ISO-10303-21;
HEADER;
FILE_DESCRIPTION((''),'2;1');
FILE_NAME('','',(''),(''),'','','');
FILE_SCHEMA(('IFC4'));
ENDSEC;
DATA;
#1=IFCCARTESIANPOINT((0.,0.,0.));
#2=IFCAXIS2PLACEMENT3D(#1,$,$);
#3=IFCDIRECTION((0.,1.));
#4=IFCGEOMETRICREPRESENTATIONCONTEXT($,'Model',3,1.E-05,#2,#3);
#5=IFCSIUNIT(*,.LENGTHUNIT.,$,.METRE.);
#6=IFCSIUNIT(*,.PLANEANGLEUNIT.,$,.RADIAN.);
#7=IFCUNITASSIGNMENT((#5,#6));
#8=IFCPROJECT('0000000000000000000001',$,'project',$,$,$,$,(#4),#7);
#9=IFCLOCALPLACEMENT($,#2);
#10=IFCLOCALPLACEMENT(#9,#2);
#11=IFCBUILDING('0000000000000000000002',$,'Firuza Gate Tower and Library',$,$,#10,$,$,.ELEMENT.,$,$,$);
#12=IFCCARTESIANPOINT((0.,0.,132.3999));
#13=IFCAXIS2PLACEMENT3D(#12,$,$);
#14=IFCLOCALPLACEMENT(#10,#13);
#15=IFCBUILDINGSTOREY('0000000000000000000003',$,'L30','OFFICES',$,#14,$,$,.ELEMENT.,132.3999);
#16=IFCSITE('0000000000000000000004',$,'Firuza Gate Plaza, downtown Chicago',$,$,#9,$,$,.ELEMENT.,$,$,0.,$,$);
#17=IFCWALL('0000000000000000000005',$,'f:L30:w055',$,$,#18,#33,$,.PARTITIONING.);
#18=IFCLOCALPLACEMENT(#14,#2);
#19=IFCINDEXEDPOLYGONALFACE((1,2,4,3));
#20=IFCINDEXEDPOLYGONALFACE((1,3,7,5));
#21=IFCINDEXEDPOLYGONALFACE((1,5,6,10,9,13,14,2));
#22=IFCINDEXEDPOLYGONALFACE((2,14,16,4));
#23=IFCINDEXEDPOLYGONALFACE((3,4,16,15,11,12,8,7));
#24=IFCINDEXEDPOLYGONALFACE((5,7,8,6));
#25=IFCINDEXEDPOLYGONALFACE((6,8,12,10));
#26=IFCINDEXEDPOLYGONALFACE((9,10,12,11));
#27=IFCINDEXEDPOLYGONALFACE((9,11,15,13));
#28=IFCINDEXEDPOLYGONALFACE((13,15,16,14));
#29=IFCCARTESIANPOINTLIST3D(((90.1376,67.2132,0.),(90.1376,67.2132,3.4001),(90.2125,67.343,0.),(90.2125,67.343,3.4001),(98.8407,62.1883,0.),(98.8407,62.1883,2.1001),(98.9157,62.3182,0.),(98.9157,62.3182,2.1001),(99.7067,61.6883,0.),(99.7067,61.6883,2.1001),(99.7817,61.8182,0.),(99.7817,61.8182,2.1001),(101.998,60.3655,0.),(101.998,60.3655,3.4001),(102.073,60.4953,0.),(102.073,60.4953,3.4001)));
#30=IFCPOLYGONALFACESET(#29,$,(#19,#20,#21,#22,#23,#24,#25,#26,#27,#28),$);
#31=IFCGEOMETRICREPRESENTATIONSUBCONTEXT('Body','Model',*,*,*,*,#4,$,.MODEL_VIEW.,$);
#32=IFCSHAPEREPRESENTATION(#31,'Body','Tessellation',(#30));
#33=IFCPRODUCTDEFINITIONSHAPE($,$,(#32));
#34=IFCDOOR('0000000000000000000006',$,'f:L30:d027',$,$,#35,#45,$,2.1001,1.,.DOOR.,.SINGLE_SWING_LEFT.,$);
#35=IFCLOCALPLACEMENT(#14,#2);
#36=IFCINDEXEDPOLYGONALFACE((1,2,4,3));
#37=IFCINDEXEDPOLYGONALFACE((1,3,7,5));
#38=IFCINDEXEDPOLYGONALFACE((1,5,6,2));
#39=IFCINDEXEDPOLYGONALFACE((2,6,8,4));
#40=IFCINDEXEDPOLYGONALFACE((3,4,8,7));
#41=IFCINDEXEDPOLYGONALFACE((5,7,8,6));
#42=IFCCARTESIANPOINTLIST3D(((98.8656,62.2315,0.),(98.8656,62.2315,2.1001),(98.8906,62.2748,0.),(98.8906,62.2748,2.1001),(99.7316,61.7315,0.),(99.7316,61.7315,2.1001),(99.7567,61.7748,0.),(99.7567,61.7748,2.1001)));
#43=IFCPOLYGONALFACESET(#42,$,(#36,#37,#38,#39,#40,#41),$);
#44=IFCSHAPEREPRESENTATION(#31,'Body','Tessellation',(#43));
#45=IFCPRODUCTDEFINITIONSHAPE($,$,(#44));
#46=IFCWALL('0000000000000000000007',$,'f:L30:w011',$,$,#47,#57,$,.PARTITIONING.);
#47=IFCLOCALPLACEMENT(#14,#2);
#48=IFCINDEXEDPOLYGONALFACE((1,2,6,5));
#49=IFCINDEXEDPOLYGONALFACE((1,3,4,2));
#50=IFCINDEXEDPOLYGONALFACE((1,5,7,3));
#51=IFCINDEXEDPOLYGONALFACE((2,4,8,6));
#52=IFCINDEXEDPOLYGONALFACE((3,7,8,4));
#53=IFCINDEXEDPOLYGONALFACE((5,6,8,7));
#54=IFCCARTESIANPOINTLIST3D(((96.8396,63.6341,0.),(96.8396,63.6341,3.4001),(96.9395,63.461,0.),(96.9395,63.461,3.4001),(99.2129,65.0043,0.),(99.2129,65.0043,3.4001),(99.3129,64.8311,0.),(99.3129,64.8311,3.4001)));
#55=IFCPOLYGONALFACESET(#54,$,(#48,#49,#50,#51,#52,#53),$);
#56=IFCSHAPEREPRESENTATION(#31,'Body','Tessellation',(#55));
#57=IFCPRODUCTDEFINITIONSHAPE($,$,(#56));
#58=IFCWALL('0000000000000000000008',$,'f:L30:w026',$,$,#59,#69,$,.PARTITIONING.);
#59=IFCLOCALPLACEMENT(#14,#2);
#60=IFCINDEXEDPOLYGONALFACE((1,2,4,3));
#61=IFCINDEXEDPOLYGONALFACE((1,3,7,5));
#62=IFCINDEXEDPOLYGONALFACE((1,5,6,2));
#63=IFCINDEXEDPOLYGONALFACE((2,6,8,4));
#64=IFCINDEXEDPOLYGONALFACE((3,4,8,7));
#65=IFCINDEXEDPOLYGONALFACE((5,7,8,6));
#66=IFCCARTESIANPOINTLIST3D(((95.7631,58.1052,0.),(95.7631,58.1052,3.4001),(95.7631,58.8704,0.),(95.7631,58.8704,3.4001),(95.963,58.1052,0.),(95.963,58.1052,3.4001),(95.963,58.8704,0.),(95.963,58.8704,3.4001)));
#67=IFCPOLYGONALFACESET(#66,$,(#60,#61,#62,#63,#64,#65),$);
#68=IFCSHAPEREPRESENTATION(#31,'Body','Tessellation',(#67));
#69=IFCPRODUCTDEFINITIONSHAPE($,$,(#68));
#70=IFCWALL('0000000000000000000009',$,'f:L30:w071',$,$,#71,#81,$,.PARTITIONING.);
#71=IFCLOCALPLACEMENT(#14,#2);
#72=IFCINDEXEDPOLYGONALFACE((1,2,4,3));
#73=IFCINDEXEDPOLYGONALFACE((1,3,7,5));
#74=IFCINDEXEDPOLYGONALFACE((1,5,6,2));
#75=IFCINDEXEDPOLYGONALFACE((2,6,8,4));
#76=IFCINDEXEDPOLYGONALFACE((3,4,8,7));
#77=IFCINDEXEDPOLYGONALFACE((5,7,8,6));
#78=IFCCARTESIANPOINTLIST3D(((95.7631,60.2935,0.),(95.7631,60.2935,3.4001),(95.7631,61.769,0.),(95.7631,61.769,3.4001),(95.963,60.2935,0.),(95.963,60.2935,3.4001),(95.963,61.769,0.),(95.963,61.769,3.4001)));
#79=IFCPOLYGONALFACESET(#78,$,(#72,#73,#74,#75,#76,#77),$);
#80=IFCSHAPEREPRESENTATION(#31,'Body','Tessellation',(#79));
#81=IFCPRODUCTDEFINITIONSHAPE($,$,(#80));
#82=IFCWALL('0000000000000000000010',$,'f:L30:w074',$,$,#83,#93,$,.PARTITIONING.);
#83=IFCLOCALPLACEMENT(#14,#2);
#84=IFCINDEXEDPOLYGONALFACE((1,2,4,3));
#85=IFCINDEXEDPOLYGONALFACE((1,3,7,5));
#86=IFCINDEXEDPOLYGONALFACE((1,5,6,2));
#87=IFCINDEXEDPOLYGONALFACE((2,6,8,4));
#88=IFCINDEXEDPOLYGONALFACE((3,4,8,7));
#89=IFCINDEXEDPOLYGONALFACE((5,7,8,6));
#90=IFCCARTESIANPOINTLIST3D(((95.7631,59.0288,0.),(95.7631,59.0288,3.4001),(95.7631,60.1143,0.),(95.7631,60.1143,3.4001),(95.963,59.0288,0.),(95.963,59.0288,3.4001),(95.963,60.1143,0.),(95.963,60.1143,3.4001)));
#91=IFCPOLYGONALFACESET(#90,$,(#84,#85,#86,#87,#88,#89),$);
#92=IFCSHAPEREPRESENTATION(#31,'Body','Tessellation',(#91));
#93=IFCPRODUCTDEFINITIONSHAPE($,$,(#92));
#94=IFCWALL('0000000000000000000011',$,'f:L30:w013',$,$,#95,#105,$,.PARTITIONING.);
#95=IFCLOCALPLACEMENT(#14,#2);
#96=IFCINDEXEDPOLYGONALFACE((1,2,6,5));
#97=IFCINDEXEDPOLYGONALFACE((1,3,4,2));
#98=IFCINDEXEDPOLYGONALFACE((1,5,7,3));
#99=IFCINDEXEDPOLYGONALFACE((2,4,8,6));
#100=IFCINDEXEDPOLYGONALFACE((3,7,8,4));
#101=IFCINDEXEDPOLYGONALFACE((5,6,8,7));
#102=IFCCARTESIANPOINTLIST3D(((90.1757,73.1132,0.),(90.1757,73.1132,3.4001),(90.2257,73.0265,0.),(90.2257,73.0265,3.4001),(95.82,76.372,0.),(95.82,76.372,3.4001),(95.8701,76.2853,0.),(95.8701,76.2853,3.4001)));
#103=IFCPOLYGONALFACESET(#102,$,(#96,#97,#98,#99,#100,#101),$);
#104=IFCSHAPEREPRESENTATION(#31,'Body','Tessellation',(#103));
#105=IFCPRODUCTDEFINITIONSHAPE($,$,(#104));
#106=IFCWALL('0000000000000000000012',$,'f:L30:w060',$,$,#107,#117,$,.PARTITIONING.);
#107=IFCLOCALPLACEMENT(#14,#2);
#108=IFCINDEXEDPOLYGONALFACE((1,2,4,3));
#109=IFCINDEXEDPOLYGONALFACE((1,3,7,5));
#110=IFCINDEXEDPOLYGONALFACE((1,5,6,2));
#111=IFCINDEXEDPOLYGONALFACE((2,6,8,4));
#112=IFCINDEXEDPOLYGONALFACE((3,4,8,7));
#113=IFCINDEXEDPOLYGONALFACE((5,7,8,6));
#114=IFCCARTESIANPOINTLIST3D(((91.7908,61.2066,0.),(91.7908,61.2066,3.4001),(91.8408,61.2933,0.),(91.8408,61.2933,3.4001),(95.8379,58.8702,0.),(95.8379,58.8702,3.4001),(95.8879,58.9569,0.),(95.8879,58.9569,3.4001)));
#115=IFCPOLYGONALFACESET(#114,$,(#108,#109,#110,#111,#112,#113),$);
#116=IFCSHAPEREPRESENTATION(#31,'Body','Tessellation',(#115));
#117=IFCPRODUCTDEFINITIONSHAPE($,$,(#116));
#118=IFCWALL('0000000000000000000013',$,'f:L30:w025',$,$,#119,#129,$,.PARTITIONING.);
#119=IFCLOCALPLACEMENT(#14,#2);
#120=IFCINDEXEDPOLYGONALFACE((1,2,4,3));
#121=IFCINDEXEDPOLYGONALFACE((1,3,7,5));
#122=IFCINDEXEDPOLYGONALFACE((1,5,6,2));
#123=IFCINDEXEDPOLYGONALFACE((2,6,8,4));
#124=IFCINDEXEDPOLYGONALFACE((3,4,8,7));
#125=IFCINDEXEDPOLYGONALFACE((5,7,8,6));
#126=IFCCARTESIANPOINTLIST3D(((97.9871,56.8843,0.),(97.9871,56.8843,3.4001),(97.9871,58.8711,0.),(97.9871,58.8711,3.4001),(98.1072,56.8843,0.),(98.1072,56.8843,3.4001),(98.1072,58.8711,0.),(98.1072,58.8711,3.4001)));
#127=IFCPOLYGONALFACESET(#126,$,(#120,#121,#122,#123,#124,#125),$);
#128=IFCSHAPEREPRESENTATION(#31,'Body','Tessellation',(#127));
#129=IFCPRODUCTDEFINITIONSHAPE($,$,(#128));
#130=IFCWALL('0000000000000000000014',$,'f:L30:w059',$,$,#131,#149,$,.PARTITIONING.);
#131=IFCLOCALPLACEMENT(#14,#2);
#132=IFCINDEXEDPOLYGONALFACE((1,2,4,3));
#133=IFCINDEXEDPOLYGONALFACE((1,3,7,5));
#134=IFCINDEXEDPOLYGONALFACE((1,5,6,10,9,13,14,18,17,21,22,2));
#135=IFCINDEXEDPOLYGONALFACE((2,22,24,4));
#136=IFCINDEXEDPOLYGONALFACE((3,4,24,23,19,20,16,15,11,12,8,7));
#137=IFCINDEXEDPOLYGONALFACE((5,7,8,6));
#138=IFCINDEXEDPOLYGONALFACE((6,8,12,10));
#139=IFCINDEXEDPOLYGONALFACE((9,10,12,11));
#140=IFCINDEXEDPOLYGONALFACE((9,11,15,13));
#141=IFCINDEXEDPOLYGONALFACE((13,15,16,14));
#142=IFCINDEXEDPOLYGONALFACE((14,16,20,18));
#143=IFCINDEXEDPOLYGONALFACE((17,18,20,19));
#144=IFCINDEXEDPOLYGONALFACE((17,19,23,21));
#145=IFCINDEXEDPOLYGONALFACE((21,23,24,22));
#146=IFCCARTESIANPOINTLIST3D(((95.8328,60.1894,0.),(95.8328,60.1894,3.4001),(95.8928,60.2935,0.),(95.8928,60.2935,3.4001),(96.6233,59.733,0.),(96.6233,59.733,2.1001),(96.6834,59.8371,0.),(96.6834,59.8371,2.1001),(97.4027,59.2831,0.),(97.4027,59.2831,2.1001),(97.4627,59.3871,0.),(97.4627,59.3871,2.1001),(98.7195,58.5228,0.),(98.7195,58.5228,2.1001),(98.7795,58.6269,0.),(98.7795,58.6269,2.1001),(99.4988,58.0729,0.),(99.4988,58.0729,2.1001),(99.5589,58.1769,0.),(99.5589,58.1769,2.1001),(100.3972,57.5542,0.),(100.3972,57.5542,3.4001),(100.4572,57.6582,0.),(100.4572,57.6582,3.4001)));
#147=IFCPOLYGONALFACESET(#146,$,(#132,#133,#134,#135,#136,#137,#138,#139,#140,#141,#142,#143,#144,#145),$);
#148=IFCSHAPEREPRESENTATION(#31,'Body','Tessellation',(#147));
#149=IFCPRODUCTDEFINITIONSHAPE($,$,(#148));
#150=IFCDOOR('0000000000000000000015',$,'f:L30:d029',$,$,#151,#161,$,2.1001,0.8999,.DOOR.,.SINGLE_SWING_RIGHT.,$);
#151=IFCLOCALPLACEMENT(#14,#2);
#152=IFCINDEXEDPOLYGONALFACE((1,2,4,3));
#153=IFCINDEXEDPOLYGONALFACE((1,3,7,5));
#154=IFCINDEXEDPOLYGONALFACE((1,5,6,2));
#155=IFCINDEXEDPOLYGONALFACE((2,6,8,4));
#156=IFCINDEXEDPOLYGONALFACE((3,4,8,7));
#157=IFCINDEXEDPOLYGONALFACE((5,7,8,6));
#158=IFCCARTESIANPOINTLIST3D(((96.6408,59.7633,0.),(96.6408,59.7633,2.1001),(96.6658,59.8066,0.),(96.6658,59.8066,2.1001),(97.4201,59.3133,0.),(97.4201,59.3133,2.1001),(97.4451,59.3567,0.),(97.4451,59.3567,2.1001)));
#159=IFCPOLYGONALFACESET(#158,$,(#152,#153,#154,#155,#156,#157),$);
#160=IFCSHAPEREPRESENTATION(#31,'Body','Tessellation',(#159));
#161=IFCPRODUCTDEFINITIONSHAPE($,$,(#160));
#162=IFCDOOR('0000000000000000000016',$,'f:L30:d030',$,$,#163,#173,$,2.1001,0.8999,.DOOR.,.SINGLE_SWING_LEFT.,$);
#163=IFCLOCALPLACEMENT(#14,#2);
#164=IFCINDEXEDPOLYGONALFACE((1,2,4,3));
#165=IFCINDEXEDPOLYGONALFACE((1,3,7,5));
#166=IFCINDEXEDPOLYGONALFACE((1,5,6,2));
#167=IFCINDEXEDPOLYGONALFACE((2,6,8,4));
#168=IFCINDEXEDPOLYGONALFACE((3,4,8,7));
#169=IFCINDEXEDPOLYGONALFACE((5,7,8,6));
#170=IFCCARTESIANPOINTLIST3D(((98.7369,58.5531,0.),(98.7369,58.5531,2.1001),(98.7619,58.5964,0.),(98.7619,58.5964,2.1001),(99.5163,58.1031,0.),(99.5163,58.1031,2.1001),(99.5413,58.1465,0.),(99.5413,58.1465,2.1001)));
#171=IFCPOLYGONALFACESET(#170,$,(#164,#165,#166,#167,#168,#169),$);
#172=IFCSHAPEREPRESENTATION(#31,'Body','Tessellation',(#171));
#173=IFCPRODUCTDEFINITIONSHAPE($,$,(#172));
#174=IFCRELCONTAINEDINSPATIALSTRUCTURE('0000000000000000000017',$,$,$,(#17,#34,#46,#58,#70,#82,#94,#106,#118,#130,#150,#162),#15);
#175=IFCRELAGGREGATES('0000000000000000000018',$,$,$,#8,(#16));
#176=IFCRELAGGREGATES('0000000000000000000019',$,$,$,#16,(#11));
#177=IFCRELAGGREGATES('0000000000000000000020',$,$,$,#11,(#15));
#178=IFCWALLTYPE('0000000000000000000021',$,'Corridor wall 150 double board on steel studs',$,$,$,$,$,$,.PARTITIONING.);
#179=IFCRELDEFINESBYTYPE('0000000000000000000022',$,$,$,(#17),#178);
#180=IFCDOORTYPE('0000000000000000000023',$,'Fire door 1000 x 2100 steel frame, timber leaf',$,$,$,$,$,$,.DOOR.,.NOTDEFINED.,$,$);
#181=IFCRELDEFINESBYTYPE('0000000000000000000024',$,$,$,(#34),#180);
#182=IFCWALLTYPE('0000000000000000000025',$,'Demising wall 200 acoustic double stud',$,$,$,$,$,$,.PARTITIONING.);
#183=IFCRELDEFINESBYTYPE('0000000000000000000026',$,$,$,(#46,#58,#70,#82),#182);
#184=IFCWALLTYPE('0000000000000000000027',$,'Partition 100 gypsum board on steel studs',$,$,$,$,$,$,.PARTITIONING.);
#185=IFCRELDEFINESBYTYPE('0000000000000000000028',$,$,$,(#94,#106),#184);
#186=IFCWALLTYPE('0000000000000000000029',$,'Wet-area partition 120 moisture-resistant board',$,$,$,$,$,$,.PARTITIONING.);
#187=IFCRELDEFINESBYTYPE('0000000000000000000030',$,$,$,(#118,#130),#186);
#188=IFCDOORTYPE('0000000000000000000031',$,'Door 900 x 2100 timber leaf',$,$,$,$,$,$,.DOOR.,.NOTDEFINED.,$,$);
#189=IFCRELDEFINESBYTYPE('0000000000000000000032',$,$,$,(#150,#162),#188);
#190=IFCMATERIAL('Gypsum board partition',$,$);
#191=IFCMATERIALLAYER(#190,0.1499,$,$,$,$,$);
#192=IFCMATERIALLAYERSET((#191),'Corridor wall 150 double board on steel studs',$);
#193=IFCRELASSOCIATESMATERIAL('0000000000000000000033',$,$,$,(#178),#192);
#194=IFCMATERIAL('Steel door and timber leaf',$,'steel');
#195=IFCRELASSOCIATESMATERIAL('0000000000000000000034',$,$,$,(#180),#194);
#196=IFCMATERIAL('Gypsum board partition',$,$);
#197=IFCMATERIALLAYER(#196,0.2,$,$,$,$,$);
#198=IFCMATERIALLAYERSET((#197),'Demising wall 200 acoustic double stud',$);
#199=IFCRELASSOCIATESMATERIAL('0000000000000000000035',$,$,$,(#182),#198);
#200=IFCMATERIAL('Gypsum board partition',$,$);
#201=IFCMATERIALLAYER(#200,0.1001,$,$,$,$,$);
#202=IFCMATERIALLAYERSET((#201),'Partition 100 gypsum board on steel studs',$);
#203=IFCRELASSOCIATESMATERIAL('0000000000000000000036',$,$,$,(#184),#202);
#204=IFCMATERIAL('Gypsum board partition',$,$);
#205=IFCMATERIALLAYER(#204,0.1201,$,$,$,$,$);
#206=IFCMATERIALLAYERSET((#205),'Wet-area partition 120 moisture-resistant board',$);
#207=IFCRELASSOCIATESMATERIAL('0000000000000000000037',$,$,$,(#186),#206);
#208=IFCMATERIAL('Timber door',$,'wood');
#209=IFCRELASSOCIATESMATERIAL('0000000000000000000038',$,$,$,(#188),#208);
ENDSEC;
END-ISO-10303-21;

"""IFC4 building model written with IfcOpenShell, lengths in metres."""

from ifc_helpers import new_model, si_unit, direction, frame, frame_2d, origin, place, context, subcontext, project, spatial, rectangle, extrude, material, layer, layer_set, type_object, element, fill, save


model = new_model("IFC4")

# Units and contexts
model_context = context("Model", 3, precision=1e-05, world=origin(), true_north=direction((0.0, 1.0)))
body_context = subcontext(model_context, "Body", "Model", "MODEL_VIEW")
ifc_project = project(units=[si_unit("LENGTHUNIT", "METRE"), si_unit("PLANEANGLEUNIT", "RADIAN")], contexts=[model_context])

# Site, building, storey
site_placement = place(None, origin())
site = spatial("IfcSite", under=ifc_project, at=site_placement, Name="Firuza Gate Plaza, downtown Chicago", CompositionType="ELEMENT", RefElevation=0.0)
building_placement = place(site_placement, origin())
building = spatial("IfcBuilding", under=site, at=building_placement, Name="Firuza Gate Tower and Library", CompositionType="ELEMENT")
storey_placement = place(building_placement, frame((0.0, 0.0, 132.3999)))
storey = spatial("IfcBuildingStorey", under=building, at=storey_placement, Name="L30", Description="OFFICES", CompositionType="ELEMENT", Elevation=132.3999)

# Shared definitions
ifc_material_1 = material(Name="Gypsum board partition")
ifc_layer_1 = layer(ifc_material_1, 0.1499)
ifc_layer_set_1 = layer_set([ifc_layer_1], Name="Corridor wall 150 double board on steel studs")
wall_type_1 = type_object("IfcWallType", Name="Corridor wall 150 double board on steel studs", PredefinedType="PARTITIONING", material=ifc_layer_set_1)
ifc_material_2 = material(Name="Steel door and timber leaf", Category="steel")
door_type_1 = type_object("IfcDoorType", Name="Fire door 1000 x 2100 steel frame, timber leaf", OperationType="NOTDEFINED", PredefinedType="DOOR", material=ifc_material_2)

# Wall, opening, door
wall_1_placement = place(storey_placement, frame((90.175, 67.2781, 0.0), z_axis=(0.0, 0.0, 1.0), x_axis=(0.866023, -0.500004, 0.0)))
wall_1 = element("IfcWall", 1, at=wall_1_placement, inside=storey, type_object=wall_type_1, Name="f:L30:w055", PredefinedType="PARTITIONING", context=body_context, shape_type="SweptSolid", body=[
    extrude(rectangle(XDim=13.6953, YDim=0.1499, at=frame_2d((6.8477, 0.0))), origin(), (0.0, 0.0, 1.0), 3.4001),
])
opening_1_placement = place(wall_1_placement, frame((10.0496, 0.0, 0.0)))
opening_1 = element("IfcOpeningElement", 2, at=opening_1_placement, cuts=wall_1, PredefinedType="OPENING", context=body_context, shape_type="SweptSolid", body=[
    extrude(rectangle(XDim=1.0, YDim=2.1001, at=frame_2d((0.5, 1.05))), frame((0.0, 0.085, 0.0), z_axis=(0.0, -1.0, 0.0), x_axis=(1.0, 0.0, 0.0)), (0.0, 0.0, 1.0), 0.1699),
])
door_1_placement = place(opening_1_placement, origin())
door_1 = element("IfcDoor", 3, at=door_1_placement, inside=storey, type_object=door_type_1, Name="f:L30:d027", OperationType="SINGLE_SWING_LEFT", OverallHeight=2.1001, OverallWidth=1.0, PredefinedType="DOOR", context=body_context, shape_type="SweptSolid", body=[
    extrude(rectangle(XDim=1.0, YDim=2.1001, at=frame_2d((0.5, 1.05))), frame((0.0, 0.0249, 0.0), z_axis=(0.0, -1.0, 0.0), x_axis=(1.0, 0.0, 0.0)), (0.0, 0.0, 1.0), 0.05),
])
fill(opening_1, door_1)

# Walls
ifc_material_3 = material(Name="Gypsum board partition")
ifc_layer_2 = layer(ifc_material_3, 0.2)
ifc_layer_set_2 = layer_set([ifc_layer_2], Name="Demising wall 200 acoustic double stud")
wall_type_2 = type_object("IfcWallType", Name="Demising wall 200 acoustic double stud", PredefinedType="PARTITIONING", material=ifc_layer_set_2)
wall_2_placement = place(storey_placement, frame((96.8896, 63.5476, 0.0), z_axis=(0.0, 0.0, 1.0), x_axis=(0.866042, 0.499972, 0.0)))
element("IfcWall", 4, at=wall_2_placement, inside=storey, type_object=wall_type_2, Name="f:L30:w011", PredefinedType="PARTITIONING", context=body_context, shape_type="SweptSolid", body=[
    extrude(rectangle(XDim=2.7405, YDim=0.2, at=frame_2d((1.3701, 0.0))), origin(), (0.0, 0.0, 1.0), 3.4001),
])
wall_3_placement = place(storey_placement, frame((95.863, 58.1052, 0.0), z_axis=(0.0, 0.0, 1.0), x_axis=(0.0, 1.0, 0.0)))
element("IfcWall", 5, at=wall_3_placement, inside=storey, type_object=wall_type_2, Name="f:L30:w026", PredefinedType="PARTITIONING", context=body_context, shape_type="SweptSolid", body=[
    extrude(rectangle(XDim=0.7651, YDim=0.2, at=frame_2d((0.3826, 0.0))), origin(), (0.0, 0.0, 1.0), 3.4001),
])
wall_4_placement = place(storey_placement, frame((95.863, 60.2935, 0.0), z_axis=(0.0, 0.0, 1.0), x_axis=(0.0, 1.0, 0.0)))
element("IfcWall", 6, at=wall_4_placement, inside=storey, type_object=wall_type_2, Name="f:L30:w071", PredefinedType="PARTITIONING", context=body_context, shape_type="SweptSolid", body=[
    extrude(rectangle(XDim=1.4756, YDim=0.2, at=frame_2d((0.7378, 0.0))), origin(), (0.0, 0.0, 1.0), 3.4001),
])
wall_5_placement = place(storey_placement, frame((95.863, 59.0288, 0.0), z_axis=(0.0, 0.0, 1.0), x_axis=(0.0, 1.0, 0.0)))
element("IfcWall", 7, at=wall_5_placement, inside=storey, type_object=wall_type_2, Name="f:L30:w074", PredefinedType="PARTITIONING", context=body_context, shape_type="SweptSolid", body=[
    extrude(rectangle(XDim=1.0854, YDim=0.2, at=frame_2d((0.5427, 0.0))), origin(), (0.0, 0.0, 1.0), 3.4001),
])
ifc_material_4 = material(Name="Gypsum board partition")
ifc_layer_3 = layer(ifc_material_4, 0.1001)
ifc_layer_set_3 = layer_set([ifc_layer_3], Name="Partition 100 gypsum board on steel studs")
wall_type_3 = type_object("IfcWallType", Name="Partition 100 gypsum board on steel studs", PredefinedType="PARTITIONING", material=ifc_layer_set_3)
wall_6_placement = place(storey_placement, frame((90.2007, 73.0698, 0.0), z_axis=(0.0, 0.0, 1.0), x_axis=(0.866022, 0.500007, 0.0)))
element("IfcWall", 8, at=wall_6_placement, inside=storey, type_object=wall_type_3, Name="f:L30:w013", PredefinedType="PARTITIONING", context=body_context, shape_type="SweptSolid", body=[
    extrude(rectangle(XDim=6.5176, YDim=0.1001, at=frame_2d((3.2588, 0.0))), origin(), (0.0, 0.0, 1.0), 3.4001),
])
wall_7_placement = place(storey_placement, frame((95.8628, 58.9136, 0.0), z_axis=(0.0, 0.0, 1.0), x_axis=(-0.866042, 0.499971, 0.0)))
element("IfcWall", 9, at=wall_7_placement, inside=storey, type_object=wall_type_3, Name="f:L30:w060", PredefinedType="PARTITIONING", context=body_context, shape_type="SweptSolid", body=[
    extrude(rectangle(XDim=4.6731, YDim=0.1001, at=frame_2d((2.3364, 0.0))), origin(), (0.0, 0.0, 1.0), 3.4001),
])
ifc_material_5 = material(Name="Gypsum board partition")
ifc_layer_4 = layer(ifc_material_5, 0.1201)
ifc_layer_set_4 = layer_set([ifc_layer_4], Name="Wet-area partition 120 moisture-resistant board")
wall_type_4 = type_object("IfcWallType", Name="Wet-area partition 120 moisture-resistant board", PredefinedType="PARTITIONING", material=ifc_layer_set_4)
wall_8_placement = place(storey_placement, frame((98.0471, 56.8843, 0.0), z_axis=(0.0, 0.0, 1.0), x_axis=(0.0, 1.0, 0.0)))
element("IfcWall", 10, at=wall_8_placement, inside=storey, type_object=wall_type_4, Name="f:L30:w025", PredefinedType="PARTITIONING", context=body_context, shape_type="SweptSolid", body=[
    extrude(rectangle(XDim=1.9868, YDim=0.1201, at=frame_2d((0.9934, 0.0))), origin(), (0.0, 0.0, 1.0), 3.4001),
])

# Wall, openings, doors
wall_9_placement = place(storey_placement, frame((95.8628, 60.2415, 0.0), z_axis=(0.0, 0.0, 1.0), x_axis=(0.866028, -0.499995, 0.0)))
wall_9 = element("IfcWall", 11, at=wall_9_placement, inside=storey, type_object=wall_type_4, Name="f:L30:w059", PredefinedType="PARTITIONING", context=body_context, shape_type="SweptSolid", body=[
    extrude(rectangle(XDim=5.2705, YDim=0.1201, at=frame_2d((2.6353, 0.0))), origin(), (0.0, 0.0, 1.0), 3.4001),
])
opening_2_placement = place(wall_9_placement, frame((0.9128, 0.0, 0.0)))
opening_2 = element("IfcOpeningElement", 12, at=opening_2_placement, cuts=wall_9, PredefinedType="OPENING", context=body_context, shape_type="SweptSolid", body=[
    extrude(rectangle(XDim=0.8999, YDim=2.1001, at=frame_2d((0.45, 1.05))), frame((0.0, 0.0701, 0.0), z_axis=(0.0, -1.0, 0.0), x_axis=(1.0, 0.0, 0.0)), (0.0, 0.0, 1.0), 0.1401),
])
opening_3_placement = place(wall_9_placement, frame((3.3333, 0.0, 0.0)))
opening_3 = element("IfcOpeningElement", 13, at=opening_3_placement, cuts=wall_9, PredefinedType="OPENING", context=body_context, shape_type="SweptSolid", body=[
    extrude(rectangle(XDim=0.8999, YDim=2.1001, at=frame_2d((0.45, 1.05))), frame((0.0, 0.0701, 0.0), z_axis=(0.0, -1.0, 0.0), x_axis=(1.0, 0.0, 0.0)), (0.0, 0.0, 1.0), 0.1401),
])
ifc_material_6 = material(Name="Timber door", Category="wood")
door_type_2 = type_object("IfcDoorType", Name="Door 900 x 2100 timber leaf", OperationType="NOTDEFINED", PredefinedType="DOOR", material=ifc_material_6)
door_2_placement = place(opening_2_placement, origin())
door_2 = element("IfcDoor", 14, at=door_2_placement, inside=storey, type_object=door_type_2, Name="f:L30:d029", OperationType="SINGLE_SWING_RIGHT", OverallHeight=2.1001, OverallWidth=0.8999, PredefinedType="DOOR", context=body_context, shape_type="SweptSolid", body=[
    extrude(rectangle(XDim=0.8999, YDim=2.1001, at=frame_2d((0.45, 1.05))), frame((0.0, 0.0249, 0.0), z_axis=(0.0, -1.0, 0.0), x_axis=(1.0, 0.0, 0.0)), (0.0, 0.0, 1.0), 0.05),
])
fill(opening_2, door_2)
door_3_placement = place(opening_3_placement, origin())
door_3 = element("IfcDoor", 15, at=door_3_placement, inside=storey, type_object=door_type_2, Name="f:L30:d030", OperationType="SINGLE_SWING_LEFT", OverallHeight=2.1001, OverallWidth=0.8999, PredefinedType="DOOR", context=body_context, shape_type="SweptSolid", body=[
    extrude(rectangle(XDim=0.8999, YDim=2.1001, at=frame_2d((0.45, 1.05))), frame((0.0, 0.0249, 0.0), z_axis=(0.0, -1.0, 0.0), x_axis=(1.0, 0.0, 0.0)), (0.0, 0.0, 1.0), 0.05),
])
fill(opening_3, door_3)

save(model, "model.ifc")
